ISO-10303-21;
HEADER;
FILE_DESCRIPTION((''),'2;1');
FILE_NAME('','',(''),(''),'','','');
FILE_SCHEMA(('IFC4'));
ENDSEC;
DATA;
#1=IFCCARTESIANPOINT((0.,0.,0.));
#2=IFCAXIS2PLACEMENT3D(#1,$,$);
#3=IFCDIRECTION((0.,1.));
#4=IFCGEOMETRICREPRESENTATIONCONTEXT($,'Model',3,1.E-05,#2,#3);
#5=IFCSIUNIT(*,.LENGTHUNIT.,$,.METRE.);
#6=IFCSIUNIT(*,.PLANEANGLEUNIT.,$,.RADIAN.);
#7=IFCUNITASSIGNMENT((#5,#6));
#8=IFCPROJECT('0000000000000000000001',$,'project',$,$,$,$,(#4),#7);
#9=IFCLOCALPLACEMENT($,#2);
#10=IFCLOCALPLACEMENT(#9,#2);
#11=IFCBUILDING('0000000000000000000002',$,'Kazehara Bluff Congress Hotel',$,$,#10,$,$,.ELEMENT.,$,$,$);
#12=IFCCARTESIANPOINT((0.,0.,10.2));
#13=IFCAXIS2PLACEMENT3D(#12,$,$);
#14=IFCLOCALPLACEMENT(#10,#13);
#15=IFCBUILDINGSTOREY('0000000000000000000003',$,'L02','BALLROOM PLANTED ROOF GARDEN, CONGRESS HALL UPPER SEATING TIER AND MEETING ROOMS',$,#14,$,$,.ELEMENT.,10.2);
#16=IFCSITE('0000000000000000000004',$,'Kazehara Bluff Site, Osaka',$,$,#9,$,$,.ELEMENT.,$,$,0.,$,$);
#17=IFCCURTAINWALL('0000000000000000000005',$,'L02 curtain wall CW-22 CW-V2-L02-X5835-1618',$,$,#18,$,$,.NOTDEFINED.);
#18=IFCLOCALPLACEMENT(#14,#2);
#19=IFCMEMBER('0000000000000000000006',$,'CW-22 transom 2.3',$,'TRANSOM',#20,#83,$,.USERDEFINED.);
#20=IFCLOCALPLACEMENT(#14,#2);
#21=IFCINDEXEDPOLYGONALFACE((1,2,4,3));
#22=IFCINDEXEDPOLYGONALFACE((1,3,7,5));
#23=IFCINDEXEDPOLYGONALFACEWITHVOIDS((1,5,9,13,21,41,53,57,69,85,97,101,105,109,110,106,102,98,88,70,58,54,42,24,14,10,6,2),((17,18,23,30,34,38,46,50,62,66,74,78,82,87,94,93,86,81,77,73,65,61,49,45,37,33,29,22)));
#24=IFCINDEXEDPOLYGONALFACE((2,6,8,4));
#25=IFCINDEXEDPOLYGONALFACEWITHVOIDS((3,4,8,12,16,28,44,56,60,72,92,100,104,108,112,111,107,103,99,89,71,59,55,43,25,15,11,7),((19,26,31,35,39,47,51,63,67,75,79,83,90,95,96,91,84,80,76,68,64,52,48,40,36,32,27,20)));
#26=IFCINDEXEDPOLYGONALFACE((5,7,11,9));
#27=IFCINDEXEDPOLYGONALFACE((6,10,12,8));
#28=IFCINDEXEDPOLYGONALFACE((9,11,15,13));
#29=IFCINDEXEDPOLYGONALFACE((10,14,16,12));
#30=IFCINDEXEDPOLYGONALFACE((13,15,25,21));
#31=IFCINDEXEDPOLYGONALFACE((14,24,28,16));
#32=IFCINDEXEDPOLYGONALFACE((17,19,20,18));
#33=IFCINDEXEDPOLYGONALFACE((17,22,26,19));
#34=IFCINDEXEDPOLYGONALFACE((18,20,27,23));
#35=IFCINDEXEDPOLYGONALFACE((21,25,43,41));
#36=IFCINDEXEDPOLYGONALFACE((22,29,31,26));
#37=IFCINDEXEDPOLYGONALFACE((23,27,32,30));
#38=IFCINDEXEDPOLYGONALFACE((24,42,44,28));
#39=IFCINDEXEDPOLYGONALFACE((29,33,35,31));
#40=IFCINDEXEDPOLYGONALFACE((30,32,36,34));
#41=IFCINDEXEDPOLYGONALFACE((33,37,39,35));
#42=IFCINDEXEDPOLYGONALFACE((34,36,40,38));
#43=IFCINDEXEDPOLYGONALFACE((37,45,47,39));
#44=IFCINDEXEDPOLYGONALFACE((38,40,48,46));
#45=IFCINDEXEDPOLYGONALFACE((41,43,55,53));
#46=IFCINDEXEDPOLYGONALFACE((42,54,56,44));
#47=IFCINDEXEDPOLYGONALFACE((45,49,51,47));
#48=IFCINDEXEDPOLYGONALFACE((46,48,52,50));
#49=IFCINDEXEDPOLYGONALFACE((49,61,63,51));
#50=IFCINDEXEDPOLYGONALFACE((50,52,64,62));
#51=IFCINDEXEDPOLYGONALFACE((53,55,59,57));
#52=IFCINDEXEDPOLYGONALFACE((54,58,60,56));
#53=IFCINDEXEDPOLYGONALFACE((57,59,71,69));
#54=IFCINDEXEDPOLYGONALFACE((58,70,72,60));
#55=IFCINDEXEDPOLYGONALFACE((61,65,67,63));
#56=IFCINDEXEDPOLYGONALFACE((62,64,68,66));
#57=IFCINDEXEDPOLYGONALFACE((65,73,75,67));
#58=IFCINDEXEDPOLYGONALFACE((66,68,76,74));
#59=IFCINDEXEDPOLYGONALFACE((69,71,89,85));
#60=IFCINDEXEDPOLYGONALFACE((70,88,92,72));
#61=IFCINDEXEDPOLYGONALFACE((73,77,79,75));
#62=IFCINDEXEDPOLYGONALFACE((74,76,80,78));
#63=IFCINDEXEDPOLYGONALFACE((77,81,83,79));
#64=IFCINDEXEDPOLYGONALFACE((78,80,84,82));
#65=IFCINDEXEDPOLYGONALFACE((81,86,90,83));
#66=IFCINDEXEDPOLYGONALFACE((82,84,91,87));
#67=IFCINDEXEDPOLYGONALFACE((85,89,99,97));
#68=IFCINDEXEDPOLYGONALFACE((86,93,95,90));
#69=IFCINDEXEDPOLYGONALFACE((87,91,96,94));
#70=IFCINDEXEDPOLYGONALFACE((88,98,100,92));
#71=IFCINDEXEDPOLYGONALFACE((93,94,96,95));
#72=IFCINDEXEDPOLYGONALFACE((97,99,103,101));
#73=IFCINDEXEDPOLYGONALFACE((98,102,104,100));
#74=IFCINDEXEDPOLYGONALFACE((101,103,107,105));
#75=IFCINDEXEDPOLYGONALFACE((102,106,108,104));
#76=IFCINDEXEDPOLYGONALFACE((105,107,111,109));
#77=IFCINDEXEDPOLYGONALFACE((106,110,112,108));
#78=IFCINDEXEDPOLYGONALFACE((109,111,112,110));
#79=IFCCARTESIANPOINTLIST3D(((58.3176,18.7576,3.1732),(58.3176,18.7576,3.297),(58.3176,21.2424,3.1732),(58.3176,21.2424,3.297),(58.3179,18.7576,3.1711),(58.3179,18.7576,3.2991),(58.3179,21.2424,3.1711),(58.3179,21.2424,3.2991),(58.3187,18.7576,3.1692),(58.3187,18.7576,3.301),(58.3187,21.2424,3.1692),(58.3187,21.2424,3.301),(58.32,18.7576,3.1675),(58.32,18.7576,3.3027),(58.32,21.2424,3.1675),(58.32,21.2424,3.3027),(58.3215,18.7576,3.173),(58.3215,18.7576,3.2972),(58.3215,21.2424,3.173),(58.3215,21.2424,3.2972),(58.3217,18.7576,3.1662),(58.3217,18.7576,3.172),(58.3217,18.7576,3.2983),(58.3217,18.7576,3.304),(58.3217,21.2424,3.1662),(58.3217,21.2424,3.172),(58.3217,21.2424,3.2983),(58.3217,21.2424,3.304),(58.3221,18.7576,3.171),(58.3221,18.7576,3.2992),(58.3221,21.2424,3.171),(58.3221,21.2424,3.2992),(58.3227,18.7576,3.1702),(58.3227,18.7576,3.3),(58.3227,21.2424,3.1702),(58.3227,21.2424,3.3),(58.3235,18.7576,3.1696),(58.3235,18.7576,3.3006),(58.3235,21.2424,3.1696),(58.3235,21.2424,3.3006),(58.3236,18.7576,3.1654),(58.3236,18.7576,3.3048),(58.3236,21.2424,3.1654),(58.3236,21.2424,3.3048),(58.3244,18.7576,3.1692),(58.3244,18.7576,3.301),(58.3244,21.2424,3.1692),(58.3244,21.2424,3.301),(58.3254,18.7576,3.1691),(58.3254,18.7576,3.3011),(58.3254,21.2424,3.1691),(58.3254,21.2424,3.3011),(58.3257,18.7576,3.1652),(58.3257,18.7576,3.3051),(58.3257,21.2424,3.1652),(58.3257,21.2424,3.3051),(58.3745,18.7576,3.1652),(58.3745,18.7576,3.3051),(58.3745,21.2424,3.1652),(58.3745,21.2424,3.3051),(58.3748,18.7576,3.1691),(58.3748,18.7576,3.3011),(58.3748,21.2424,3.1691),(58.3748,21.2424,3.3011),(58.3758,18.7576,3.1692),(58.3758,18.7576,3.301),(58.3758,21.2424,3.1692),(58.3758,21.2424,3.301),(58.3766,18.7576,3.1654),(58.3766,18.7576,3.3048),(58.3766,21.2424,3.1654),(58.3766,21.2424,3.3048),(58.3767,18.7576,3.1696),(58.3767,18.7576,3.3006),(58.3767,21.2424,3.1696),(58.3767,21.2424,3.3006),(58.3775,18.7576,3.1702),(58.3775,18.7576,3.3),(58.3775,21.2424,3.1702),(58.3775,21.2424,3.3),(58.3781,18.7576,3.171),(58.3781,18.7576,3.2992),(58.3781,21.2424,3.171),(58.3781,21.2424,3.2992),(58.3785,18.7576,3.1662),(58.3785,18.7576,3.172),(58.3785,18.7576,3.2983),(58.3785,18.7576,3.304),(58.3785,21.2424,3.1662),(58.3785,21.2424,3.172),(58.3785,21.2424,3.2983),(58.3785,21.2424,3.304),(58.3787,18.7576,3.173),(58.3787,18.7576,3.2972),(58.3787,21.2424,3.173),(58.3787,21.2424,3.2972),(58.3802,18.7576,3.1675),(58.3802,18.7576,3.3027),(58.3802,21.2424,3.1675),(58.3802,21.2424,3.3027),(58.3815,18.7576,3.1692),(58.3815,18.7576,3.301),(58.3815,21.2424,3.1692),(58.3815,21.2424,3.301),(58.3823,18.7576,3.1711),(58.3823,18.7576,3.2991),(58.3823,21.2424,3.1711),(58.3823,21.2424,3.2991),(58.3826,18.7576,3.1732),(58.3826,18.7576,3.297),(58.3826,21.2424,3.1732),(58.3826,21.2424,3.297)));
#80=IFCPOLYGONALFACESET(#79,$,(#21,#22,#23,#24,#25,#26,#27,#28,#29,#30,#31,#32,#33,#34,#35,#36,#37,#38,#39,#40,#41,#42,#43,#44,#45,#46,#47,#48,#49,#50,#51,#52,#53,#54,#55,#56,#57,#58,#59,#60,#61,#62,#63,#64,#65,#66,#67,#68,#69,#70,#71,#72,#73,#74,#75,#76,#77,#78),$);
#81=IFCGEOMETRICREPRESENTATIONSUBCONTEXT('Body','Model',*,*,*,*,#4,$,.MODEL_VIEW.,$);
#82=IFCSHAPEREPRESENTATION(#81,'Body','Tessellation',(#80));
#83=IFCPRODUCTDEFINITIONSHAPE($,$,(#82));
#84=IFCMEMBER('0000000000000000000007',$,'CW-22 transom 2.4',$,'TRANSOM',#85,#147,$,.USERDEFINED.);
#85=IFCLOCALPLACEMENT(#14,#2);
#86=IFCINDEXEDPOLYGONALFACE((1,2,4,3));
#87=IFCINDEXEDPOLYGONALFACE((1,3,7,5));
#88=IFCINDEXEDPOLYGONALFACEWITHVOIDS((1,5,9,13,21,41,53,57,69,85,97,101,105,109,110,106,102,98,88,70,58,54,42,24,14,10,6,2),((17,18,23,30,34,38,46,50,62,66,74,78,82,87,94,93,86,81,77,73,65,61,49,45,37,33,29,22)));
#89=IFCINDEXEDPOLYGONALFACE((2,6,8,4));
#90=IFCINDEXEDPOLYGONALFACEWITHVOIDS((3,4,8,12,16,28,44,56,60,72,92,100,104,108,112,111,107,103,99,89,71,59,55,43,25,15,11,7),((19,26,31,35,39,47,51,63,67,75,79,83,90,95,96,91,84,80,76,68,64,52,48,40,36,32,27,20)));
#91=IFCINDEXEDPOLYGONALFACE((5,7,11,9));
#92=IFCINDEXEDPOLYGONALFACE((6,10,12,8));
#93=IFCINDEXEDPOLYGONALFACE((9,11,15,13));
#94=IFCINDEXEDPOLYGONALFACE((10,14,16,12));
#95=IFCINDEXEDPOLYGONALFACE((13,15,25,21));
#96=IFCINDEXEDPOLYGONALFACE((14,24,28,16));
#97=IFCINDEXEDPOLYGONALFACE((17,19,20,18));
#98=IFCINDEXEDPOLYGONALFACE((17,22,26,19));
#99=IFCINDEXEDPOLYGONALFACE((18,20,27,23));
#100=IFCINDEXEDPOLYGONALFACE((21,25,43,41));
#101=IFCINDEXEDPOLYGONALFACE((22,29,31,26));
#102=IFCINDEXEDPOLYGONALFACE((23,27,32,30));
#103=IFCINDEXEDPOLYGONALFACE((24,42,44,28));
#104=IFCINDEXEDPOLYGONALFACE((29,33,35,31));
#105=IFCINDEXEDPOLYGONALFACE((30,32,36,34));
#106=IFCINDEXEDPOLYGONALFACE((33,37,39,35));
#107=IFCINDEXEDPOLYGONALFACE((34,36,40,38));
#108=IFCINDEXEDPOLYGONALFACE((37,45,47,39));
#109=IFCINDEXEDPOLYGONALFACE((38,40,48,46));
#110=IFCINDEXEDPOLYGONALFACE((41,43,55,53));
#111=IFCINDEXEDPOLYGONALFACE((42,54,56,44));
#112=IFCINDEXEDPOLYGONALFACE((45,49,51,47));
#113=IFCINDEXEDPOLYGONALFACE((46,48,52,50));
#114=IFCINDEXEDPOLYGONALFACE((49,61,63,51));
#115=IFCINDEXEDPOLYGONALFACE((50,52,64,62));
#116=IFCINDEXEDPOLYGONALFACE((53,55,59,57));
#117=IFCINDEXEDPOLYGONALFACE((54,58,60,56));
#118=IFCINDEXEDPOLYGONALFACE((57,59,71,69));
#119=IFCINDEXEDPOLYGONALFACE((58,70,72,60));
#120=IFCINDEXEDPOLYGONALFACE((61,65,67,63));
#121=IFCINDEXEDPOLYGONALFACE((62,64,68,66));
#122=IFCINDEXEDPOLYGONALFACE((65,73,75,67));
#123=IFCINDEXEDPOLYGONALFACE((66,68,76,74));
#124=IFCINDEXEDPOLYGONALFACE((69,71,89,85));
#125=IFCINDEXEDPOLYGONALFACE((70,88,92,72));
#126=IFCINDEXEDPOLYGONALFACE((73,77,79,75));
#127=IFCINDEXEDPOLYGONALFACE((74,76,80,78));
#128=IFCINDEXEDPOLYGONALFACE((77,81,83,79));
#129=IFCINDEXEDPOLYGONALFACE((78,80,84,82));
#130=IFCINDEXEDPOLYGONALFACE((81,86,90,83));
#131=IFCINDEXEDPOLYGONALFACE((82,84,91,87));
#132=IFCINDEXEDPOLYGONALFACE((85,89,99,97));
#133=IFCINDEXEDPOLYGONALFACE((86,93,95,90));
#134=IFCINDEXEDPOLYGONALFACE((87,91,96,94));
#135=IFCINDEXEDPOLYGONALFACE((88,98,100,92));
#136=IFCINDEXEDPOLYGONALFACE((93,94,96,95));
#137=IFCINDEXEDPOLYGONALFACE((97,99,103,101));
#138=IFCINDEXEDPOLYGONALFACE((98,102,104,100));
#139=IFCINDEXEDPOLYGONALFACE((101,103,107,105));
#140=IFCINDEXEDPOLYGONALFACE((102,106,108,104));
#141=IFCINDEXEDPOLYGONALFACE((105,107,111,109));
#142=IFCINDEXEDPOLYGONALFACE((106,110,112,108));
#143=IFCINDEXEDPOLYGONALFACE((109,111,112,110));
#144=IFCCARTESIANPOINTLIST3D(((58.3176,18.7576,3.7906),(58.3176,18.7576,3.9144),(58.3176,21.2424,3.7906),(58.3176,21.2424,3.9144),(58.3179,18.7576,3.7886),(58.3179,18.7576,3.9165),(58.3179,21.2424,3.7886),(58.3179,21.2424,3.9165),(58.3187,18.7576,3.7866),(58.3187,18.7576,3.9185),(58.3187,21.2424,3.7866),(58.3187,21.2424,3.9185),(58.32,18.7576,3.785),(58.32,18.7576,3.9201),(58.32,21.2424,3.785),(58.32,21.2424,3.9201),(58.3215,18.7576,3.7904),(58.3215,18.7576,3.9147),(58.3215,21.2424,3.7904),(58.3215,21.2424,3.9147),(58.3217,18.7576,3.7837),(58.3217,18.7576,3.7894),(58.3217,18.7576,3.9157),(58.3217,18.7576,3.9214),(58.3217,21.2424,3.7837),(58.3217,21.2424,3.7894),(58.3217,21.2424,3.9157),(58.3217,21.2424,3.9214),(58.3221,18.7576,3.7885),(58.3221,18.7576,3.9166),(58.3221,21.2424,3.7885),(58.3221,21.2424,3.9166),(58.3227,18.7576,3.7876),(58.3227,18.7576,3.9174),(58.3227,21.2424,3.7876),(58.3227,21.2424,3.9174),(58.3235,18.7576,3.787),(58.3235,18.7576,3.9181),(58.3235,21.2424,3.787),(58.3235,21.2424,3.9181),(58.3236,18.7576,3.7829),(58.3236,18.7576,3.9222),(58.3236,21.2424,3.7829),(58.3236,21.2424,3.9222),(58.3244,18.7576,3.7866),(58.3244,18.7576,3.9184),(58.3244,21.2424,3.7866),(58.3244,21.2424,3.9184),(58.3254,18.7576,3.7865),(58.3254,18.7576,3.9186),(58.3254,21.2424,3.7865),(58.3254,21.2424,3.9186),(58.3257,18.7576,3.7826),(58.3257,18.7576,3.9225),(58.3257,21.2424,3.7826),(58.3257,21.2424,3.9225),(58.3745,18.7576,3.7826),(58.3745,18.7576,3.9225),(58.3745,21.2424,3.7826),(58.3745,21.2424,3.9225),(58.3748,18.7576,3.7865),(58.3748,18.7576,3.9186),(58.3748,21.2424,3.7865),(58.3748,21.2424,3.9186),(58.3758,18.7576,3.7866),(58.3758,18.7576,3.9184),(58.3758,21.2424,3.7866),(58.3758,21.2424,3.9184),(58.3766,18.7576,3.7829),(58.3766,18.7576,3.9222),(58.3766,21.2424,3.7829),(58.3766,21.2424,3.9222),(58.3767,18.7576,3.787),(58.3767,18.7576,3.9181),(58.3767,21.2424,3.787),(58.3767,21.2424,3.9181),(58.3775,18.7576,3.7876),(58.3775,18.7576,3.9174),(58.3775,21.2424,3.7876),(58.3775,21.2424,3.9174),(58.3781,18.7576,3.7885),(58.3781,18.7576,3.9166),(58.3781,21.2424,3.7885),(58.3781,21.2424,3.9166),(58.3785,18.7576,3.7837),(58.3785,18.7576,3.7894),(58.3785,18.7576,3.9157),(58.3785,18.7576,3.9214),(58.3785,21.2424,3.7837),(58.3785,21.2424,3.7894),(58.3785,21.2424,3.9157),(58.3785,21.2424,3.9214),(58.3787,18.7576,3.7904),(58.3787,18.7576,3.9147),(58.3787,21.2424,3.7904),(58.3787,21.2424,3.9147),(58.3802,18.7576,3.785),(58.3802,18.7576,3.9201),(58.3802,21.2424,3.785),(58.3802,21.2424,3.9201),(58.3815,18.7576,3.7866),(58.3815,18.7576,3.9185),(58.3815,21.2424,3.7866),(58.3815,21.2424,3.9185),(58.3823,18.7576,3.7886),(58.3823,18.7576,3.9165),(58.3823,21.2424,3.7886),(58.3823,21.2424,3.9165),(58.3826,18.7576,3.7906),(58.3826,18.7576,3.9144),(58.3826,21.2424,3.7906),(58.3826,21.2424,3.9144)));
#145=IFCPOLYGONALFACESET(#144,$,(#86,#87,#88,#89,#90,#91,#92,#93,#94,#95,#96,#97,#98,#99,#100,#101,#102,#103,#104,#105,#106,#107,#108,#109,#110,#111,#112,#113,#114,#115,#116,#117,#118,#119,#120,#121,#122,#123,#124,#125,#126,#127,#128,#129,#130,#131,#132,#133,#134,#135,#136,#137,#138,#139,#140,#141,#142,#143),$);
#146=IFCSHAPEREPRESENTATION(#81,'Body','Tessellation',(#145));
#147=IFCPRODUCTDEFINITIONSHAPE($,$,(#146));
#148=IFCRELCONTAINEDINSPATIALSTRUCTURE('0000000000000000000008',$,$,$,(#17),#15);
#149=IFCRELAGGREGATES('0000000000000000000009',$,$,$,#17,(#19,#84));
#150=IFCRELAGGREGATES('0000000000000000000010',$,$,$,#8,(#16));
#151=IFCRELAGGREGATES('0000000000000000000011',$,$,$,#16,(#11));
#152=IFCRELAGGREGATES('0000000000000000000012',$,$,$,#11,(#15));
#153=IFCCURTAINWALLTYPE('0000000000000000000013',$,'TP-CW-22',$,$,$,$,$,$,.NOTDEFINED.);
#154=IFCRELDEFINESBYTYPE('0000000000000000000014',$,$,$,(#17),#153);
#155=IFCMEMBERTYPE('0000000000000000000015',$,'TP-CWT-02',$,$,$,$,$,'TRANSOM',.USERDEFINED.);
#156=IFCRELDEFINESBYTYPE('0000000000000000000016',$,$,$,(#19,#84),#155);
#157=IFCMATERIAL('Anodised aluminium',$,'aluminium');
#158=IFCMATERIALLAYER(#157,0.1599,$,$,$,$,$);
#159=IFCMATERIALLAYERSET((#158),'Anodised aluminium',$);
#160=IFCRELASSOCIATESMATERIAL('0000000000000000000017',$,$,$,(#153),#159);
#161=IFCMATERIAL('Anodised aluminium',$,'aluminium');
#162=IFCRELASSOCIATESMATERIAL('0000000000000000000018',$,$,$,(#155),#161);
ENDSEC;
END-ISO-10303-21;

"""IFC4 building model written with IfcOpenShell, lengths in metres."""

from ifc_helpers import new_model, si_unit, direction, frame, origin, origin_2d, place, context, subcontext, project, spatial, hollow_rectangle, extrude, material, layer, layer_set, material_profile, profile_set, type_object, element, aggregate, save


model = new_model("IFC4")

# Units and contexts
model_context = context("Model", 3, precision=1e-05, world=origin(), true_north=direction((0.0, 1.0)))
body_context = subcontext(model_context, "Body", "Model", "MODEL_VIEW")
ifc_project = project(units=[si_unit("LENGTHUNIT", "METRE"), si_unit("PLANEANGLEUNIT", "RADIAN")], contexts=[model_context])

# Site, building, storey
site_placement = place(None, origin())
site = spatial("IfcSite", under=ifc_project, at=site_placement, Name="Kazehara Bluff Site, Osaka", CompositionType="ELEMENT", RefElevation=0.0)
building_placement = place(site_placement, origin())
building = spatial("IfcBuilding", under=site, at=building_placement, Name="Kazehara Bluff Congress Hotel", CompositionType="ELEMENT")
storey_placement = place(building_placement, frame((0.0, 0.0, 10.2)))
storey = spatial("IfcBuildingStorey", under=building, at=storey_placement, Name="L02", Description="BALLROOM PLANTED ROOF GARDEN, CONGRESS HALL UPPER SEATING TIER AND MEETING ROOMS", CompositionType="ELEMENT", Elevation=10.2)

# Curtain wall
ifc_material_1 = material(Name="Anodised aluminium", Category="aluminium")
ifc_layer_1 = layer(ifc_material_1, 0.1599)
ifc_layer_set_1 = layer_set([ifc_layer_1], Name="Anodised aluminium")
curtain_wall_type = type_object("IfcCurtainWallType", Name="TP-CW-22", PredefinedType="NOTDEFINED", material=ifc_layer_set_1)
curtain_wall_1_placement = place(storey_placement, origin())
curtain_wall_1 = element("IfcCurtainWall", 1, at=curtain_wall_1_placement, inside=storey, type_object=curtain_wall_type, Name="L02 curtain wall CW-22 CW-V2-L02-X5835-1618", PredefinedType="NOTDEFINED")

# Members
ifc_material_2 = material(Name="Anodised aluminium", Category="aluminium")
ifc_material_profile_1 = material_profile(ifc_material_2, hollow_rectangle(XDim=0.0649, YDim=0.1399, WallThickness=0.0039, InnerFilletRadius=0.0039, OuterFilletRadius=0.0081, at=origin_2d()))
ifc_profile_set_1 = profile_set([ifc_material_profile_1], Name="Anodised aluminium")
member_type_1 = type_object("IfcMemberType", Name="TP-CWT-02", ElementType="TRANSOM", PredefinedType="USERDEFINED", material=ifc_profile_set_1)
member_1_placement = place(storey_placement, frame((58.3501, 18.7576, 3.2351), z_axis=(0.0, 1.0, 0.0), x_axis=(-1.0, 0.0, 0.0)))
member_1 = element("IfcMember", 2, at=member_1_placement, type_object=member_type_1, Name="CW-22 transom 2.3", ObjectType="TRANSOM", PredefinedType="USERDEFINED", context=body_context, shape_type="SweptSolid", body=[
    extrude(hollow_rectangle(XDim=0.0649, YDim=0.1399, WallThickness=0.0039, InnerFilletRadius=0.0039, OuterFilletRadius=0.0081, at=origin_2d()), origin(), (0.0, 0.0, 1.0), 2.4849),
])
member_2_placement = place(storey_placement, frame((58.3501, 18.7576, 3.8525), z_axis=(0.0, 1.0, 0.0), x_axis=(-1.0, 0.0, 0.0)))
member_2 = element("IfcMember", 3, at=member_2_placement, type_object=member_type_1, Name="CW-22 transom 2.4", ObjectType="TRANSOM", PredefinedType="USERDEFINED", context=body_context, shape_type="SweptSolid", body=[
    extrude(hollow_rectangle(XDim=0.0649, YDim=0.1399, WallThickness=0.0039, InnerFilletRadius=0.0039, OuterFilletRadius=0.0081, at=origin_2d()), origin(), (0.0, 0.0, 1.0), 2.4849),
])

aggregate(curtain_wall_1, [member_1, member_2])

save(model, "model.ifc")
